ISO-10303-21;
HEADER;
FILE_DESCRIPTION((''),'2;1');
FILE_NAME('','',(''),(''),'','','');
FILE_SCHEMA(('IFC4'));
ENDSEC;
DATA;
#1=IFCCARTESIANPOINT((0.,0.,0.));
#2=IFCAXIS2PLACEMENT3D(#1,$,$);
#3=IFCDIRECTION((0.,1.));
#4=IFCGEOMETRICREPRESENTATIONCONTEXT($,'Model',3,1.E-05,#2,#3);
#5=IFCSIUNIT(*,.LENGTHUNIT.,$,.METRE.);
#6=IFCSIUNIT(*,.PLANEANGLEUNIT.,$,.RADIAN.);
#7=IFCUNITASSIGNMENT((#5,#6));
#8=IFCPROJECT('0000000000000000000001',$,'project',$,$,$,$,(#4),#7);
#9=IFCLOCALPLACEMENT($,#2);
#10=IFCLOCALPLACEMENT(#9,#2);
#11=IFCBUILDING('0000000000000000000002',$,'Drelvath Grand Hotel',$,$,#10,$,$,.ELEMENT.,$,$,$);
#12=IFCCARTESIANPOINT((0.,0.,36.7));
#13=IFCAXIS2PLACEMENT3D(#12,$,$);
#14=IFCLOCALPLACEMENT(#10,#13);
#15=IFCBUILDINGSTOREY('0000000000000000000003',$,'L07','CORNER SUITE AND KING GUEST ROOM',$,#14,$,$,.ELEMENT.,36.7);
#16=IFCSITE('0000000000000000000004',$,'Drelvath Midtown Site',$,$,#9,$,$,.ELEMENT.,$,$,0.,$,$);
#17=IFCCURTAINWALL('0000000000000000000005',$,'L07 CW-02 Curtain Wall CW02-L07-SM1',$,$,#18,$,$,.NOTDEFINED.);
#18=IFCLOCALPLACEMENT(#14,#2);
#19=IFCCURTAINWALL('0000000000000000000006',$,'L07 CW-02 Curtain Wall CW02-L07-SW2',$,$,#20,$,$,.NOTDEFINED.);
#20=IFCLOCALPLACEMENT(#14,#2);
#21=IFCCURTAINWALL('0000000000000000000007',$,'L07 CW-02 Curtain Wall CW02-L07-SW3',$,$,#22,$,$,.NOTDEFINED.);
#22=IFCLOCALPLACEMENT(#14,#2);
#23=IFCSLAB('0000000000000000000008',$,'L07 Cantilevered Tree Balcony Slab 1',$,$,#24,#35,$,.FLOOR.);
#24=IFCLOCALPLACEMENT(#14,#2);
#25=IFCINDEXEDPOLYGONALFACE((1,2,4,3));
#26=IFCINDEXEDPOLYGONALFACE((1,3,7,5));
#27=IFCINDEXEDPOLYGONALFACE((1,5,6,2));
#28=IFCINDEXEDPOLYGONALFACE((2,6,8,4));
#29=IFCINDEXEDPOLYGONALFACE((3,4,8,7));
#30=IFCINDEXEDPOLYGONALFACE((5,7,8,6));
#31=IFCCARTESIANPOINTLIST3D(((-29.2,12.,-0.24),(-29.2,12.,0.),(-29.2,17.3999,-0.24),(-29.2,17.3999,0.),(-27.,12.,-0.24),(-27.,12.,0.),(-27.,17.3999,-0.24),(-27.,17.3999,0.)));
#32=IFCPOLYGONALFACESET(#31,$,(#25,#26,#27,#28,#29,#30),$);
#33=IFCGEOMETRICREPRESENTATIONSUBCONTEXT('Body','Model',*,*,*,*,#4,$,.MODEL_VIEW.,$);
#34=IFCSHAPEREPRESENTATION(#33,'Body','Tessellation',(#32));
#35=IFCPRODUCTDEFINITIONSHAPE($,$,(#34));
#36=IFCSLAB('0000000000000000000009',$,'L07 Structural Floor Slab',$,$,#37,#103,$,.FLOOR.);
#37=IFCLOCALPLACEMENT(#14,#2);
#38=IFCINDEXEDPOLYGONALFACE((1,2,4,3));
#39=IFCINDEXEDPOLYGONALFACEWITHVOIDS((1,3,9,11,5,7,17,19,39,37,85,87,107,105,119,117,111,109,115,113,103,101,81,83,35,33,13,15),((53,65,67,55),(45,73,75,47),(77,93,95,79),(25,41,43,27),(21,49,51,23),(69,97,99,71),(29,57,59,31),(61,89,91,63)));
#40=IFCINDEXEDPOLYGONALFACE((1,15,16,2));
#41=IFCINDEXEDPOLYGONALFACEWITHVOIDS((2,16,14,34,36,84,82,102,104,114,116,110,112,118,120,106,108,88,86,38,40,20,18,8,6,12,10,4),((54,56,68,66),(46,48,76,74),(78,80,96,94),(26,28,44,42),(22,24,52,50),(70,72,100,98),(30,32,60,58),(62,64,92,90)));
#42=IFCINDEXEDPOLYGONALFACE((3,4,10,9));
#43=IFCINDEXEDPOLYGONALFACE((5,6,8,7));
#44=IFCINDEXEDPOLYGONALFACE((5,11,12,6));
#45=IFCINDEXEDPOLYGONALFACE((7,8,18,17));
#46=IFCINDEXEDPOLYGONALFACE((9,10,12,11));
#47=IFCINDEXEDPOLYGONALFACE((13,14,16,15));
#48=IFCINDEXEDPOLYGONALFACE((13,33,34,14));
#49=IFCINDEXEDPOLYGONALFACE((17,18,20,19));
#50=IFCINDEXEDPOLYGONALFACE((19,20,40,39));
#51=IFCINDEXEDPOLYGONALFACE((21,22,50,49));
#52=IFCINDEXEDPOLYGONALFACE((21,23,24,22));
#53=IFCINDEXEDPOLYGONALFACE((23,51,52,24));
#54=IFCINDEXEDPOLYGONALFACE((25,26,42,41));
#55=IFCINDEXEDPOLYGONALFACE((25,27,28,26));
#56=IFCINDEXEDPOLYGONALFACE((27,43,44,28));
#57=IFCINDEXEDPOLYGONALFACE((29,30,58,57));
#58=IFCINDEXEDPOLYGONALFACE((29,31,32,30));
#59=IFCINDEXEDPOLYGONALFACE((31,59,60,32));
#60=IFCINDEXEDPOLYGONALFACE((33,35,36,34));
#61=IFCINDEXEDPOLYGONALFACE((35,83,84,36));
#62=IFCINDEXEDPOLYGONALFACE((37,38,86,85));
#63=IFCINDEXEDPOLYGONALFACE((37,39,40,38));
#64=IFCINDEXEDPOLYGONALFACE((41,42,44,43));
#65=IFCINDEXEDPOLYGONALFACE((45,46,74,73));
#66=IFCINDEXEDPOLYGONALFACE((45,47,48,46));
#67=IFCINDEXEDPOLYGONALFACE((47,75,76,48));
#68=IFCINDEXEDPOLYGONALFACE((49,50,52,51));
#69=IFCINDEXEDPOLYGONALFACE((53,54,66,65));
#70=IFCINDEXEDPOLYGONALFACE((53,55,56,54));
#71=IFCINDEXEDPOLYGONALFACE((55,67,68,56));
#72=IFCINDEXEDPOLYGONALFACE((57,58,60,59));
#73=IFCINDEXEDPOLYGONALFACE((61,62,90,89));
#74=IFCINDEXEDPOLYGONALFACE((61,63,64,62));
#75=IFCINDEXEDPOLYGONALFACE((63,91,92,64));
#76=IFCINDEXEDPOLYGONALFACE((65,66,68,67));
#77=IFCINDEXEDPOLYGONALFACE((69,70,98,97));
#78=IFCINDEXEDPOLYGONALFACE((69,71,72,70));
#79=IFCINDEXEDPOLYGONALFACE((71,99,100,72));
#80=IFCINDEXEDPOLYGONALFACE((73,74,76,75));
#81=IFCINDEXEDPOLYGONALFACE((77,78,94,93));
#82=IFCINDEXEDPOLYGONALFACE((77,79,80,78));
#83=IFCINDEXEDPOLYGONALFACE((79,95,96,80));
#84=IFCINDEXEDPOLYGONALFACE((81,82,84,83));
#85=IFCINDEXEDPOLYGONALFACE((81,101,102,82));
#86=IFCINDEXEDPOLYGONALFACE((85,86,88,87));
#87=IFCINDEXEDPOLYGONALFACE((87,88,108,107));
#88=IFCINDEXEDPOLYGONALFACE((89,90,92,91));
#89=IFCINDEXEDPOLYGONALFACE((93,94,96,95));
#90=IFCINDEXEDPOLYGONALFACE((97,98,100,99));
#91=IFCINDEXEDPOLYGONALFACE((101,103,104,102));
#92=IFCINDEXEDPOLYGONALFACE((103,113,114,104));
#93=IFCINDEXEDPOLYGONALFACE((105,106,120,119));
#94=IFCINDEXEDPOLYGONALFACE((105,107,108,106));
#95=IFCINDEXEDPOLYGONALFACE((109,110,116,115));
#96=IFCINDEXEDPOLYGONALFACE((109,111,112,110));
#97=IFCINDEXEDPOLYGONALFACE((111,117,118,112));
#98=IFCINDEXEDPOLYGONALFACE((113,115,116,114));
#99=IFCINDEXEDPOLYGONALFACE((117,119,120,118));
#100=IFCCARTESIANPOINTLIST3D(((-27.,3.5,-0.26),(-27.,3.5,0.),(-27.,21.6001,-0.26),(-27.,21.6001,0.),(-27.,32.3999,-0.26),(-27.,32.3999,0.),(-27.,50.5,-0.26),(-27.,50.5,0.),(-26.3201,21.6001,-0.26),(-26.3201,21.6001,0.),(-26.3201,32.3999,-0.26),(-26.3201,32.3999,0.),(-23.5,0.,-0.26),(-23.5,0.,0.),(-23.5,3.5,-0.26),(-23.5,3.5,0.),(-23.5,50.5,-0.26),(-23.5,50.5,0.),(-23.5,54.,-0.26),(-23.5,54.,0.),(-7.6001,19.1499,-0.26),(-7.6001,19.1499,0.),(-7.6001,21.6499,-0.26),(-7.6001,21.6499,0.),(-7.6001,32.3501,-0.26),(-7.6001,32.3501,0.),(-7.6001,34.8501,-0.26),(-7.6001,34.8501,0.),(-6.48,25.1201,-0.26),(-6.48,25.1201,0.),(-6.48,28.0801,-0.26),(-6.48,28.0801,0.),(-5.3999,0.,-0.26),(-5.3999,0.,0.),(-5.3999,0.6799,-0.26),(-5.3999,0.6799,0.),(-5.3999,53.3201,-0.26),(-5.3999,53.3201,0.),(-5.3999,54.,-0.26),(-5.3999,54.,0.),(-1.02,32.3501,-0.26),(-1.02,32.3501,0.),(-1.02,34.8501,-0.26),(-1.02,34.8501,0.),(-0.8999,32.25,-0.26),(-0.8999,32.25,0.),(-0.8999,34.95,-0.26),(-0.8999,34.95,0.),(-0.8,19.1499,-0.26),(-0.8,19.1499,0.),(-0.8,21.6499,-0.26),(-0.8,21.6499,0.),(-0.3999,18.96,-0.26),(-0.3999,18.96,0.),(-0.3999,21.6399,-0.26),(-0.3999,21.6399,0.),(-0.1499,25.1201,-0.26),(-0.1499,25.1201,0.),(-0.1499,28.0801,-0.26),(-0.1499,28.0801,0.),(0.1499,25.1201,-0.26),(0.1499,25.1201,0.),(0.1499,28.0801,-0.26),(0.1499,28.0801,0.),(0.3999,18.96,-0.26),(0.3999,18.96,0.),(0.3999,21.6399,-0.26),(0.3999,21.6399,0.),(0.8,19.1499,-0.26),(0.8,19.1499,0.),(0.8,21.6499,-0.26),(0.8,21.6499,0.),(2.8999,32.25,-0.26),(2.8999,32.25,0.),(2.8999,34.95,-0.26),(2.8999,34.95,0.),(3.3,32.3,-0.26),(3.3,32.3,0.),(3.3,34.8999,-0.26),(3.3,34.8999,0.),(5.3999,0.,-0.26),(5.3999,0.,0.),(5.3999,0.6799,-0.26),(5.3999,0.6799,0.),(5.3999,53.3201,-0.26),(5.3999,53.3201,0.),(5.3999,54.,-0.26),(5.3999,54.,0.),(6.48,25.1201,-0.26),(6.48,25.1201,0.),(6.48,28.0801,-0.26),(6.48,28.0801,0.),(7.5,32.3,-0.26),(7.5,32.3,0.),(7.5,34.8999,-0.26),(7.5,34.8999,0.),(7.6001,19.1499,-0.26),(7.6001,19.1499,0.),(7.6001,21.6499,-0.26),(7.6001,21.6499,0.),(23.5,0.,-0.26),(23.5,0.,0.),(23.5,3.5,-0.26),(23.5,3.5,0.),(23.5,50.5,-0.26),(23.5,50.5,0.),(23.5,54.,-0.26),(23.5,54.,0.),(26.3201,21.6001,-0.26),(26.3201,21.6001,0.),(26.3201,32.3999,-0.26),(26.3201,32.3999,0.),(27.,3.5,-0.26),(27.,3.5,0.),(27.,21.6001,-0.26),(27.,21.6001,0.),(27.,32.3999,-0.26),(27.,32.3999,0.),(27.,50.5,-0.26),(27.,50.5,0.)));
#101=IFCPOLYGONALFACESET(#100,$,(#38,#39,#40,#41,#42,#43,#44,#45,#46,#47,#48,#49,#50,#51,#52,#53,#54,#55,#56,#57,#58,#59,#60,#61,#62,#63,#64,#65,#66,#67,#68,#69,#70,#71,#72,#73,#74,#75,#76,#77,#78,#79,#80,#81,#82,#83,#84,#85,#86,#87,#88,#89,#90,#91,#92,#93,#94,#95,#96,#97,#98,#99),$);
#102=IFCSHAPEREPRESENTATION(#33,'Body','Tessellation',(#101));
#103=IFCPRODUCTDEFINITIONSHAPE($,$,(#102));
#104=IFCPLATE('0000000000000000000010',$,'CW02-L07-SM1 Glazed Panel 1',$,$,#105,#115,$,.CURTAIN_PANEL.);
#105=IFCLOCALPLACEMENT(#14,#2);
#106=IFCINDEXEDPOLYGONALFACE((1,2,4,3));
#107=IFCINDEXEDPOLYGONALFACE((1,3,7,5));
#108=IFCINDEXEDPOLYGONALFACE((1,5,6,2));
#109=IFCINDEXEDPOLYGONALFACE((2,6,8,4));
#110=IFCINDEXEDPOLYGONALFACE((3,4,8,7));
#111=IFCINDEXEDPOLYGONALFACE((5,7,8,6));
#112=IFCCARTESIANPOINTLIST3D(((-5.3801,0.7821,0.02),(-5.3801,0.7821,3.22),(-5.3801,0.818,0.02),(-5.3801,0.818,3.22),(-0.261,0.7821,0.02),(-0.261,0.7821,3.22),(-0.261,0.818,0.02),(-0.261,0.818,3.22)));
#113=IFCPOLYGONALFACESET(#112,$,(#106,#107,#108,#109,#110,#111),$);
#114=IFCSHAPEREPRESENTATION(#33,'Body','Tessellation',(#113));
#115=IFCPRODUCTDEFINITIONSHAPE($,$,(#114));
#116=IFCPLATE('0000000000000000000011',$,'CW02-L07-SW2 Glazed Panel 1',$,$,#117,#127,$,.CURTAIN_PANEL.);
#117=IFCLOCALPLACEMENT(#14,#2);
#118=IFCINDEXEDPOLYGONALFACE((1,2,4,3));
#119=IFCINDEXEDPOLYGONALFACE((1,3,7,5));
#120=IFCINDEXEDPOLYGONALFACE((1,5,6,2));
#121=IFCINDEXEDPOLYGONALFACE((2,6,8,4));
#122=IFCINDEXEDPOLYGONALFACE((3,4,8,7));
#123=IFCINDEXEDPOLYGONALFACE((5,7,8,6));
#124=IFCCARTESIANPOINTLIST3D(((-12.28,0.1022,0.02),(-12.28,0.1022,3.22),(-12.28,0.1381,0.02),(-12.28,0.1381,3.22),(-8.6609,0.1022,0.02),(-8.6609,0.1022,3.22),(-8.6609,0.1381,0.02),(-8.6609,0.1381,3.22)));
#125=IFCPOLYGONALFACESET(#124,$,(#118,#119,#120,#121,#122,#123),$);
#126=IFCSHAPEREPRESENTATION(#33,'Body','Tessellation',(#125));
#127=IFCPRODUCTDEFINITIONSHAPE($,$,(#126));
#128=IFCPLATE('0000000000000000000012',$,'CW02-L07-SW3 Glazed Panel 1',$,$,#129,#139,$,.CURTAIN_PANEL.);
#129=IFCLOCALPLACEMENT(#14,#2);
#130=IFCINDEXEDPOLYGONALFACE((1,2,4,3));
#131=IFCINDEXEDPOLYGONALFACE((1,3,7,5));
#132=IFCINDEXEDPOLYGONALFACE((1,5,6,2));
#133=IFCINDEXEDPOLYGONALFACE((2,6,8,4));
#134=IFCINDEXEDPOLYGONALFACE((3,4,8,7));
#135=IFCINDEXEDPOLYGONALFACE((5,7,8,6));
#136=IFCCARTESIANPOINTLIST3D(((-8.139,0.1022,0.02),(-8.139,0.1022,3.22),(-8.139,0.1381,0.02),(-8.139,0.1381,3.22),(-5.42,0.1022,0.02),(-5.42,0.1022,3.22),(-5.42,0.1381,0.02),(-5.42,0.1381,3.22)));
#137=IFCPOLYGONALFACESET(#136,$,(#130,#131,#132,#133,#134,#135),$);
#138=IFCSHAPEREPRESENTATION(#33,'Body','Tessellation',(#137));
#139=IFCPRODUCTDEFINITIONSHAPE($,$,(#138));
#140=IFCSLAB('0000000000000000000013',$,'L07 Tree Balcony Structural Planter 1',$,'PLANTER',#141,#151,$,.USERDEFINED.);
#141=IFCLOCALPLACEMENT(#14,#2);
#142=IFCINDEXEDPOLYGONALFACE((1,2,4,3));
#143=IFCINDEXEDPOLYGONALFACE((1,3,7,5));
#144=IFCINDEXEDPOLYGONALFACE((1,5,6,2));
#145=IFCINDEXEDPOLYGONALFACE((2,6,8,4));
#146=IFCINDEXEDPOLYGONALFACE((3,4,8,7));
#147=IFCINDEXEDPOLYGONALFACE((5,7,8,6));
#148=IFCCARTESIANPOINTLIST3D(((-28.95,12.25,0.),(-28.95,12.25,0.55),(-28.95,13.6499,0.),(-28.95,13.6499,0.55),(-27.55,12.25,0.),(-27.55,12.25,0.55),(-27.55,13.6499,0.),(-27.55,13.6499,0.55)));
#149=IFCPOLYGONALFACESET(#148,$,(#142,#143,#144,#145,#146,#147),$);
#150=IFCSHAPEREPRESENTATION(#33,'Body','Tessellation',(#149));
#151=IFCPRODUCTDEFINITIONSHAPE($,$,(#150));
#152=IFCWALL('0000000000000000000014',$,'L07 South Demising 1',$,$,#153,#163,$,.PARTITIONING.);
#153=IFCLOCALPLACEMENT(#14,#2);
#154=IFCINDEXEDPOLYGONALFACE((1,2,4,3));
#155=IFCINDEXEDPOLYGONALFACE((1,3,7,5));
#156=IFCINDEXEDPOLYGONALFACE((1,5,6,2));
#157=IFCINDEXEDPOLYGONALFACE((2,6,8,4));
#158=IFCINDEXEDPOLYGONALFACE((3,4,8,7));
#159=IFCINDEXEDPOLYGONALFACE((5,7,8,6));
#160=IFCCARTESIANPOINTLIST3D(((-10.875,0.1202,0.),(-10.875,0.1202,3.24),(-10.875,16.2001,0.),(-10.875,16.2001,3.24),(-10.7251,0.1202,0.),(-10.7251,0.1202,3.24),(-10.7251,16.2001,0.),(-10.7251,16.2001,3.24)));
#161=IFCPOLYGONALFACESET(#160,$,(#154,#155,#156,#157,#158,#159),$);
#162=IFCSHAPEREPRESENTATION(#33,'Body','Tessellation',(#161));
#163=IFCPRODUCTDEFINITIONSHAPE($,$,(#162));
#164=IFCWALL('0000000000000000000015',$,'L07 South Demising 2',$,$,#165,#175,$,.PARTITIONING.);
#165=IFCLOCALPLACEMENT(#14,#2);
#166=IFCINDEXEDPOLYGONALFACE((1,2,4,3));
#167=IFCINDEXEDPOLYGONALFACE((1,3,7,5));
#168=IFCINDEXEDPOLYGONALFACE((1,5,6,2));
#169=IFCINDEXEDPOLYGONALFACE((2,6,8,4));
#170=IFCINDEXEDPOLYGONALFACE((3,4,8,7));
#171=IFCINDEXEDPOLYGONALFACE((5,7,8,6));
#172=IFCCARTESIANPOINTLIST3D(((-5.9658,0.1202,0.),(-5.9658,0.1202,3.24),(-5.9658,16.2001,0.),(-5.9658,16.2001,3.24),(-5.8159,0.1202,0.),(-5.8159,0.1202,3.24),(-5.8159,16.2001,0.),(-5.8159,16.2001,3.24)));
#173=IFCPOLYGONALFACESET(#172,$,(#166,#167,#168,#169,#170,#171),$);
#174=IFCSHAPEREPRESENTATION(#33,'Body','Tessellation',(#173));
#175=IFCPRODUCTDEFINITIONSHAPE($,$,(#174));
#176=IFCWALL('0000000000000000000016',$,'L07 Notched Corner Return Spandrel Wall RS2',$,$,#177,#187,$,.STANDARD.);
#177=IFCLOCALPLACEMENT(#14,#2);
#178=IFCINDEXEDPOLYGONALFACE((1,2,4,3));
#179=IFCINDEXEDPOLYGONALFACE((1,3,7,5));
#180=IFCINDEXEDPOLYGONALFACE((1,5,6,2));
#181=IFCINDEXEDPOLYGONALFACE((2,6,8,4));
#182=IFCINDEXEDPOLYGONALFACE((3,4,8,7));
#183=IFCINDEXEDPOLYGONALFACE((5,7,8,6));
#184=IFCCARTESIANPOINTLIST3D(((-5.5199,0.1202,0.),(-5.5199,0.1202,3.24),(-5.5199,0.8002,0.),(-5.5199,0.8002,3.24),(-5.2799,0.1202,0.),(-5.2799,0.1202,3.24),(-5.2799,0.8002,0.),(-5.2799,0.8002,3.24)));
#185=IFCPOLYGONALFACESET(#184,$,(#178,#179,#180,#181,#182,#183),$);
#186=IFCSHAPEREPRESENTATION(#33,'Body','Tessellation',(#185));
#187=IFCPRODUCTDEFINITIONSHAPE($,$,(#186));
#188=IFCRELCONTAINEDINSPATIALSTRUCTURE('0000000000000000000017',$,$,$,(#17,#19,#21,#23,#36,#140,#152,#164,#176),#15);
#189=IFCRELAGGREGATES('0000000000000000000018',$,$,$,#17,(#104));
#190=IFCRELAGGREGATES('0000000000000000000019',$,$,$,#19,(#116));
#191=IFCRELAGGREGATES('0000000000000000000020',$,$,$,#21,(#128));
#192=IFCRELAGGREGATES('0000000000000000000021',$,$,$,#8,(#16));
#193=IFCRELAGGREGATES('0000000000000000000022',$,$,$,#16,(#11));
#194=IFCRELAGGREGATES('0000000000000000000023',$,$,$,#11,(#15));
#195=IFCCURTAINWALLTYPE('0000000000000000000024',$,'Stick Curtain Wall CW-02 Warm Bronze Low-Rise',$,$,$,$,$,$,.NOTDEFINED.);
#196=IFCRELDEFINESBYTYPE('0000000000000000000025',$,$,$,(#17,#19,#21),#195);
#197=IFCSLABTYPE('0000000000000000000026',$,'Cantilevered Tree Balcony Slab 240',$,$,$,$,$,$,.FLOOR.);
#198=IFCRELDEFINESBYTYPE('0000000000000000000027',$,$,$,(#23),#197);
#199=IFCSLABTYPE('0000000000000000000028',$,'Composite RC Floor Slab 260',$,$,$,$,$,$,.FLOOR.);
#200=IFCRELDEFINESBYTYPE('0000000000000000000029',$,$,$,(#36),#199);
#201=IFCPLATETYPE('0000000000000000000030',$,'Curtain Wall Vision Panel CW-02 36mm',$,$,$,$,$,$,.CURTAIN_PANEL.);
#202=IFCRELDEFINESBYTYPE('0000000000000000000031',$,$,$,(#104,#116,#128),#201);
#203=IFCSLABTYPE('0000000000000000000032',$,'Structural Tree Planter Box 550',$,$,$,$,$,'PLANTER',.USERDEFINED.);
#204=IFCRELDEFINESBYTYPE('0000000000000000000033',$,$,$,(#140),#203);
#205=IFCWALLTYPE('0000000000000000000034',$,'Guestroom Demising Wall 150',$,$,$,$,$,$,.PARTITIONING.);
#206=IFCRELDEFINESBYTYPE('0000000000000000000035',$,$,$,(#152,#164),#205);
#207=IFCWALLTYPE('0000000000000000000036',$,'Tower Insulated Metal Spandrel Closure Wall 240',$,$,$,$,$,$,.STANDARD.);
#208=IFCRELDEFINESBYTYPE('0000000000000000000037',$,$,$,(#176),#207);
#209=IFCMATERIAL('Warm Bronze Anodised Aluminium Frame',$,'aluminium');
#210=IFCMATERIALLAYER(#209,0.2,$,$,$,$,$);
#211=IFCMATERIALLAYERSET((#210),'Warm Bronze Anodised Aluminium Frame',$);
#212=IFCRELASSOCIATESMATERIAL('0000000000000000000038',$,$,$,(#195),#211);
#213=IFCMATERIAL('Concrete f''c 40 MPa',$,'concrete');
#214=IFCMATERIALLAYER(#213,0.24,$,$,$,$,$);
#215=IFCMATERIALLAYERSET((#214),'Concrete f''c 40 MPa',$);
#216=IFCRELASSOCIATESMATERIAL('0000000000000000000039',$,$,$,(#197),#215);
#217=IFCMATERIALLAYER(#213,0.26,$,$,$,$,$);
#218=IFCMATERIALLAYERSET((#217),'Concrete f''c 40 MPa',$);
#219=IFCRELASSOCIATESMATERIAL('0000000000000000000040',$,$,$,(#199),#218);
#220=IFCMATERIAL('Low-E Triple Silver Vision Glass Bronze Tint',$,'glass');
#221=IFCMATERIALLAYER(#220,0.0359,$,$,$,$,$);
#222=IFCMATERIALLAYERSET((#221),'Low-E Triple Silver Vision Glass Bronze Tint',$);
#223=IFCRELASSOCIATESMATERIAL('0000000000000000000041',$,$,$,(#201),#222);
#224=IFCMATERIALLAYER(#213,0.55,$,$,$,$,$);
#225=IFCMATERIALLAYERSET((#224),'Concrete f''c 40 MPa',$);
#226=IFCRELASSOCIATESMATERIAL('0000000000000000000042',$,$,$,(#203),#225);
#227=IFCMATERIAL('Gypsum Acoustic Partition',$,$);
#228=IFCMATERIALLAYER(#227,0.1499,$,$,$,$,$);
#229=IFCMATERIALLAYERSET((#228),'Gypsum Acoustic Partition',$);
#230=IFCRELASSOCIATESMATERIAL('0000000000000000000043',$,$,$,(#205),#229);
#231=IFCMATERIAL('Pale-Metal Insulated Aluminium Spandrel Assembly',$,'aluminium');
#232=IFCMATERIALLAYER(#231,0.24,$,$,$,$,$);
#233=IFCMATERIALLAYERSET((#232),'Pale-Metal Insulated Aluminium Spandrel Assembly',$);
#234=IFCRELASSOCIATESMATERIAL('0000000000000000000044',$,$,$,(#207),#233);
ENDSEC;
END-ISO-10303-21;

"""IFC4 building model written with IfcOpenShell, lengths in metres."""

from ifc_helpers import new_model, si_unit, direction, frame, frame_2d, origin, origin_2d, place, context, subcontext, project, spatial, polyline, rectangle, outline, extrude, material, layer, layer_set, type_object, element, aggregate, save


model = new_model("IFC4")

# Units and contexts
model_context = context("Model", 3, precision=1e-05, world=origin(), true_north=direction((0.0, 1.0)))
body_context = subcontext(model_context, "Body", "Model", "MODEL_VIEW")
ifc_project = project(units=[si_unit("LENGTHUNIT", "METRE"), si_unit("PLANEANGLEUNIT", "RADIAN")], contexts=[model_context])

# Site, building, storey
site_placement = place(None, origin())
site = spatial("IfcSite", under=ifc_project, at=site_placement, Name="Drelvath Midtown Site", CompositionType="ELEMENT", RefElevation=0.0)
building_placement = place(site_placement, origin())
building = spatial("IfcBuilding", under=site, at=building_placement, Name="Drelvath Grand Hotel", CompositionType="ELEMENT")
storey_placement = place(building_placement, frame((0.0, 0.0, 36.7)))
storey = spatial("IfcBuildingStorey", under=building, at=storey_placement, Name="L07", Description="CORNER SUITE AND KING GUEST ROOM", CompositionType="ELEMENT", Elevation=36.7)

# Curtain walls
ifc_material_1 = material(Name="Warm Bronze Anodised Aluminium Frame", Category="aluminium")
ifc_layer_1 = layer(ifc_material_1, 0.2)
ifc_layer_set_1 = layer_set([ifc_layer_1], Name="Warm Bronze Anodised Aluminium Frame")
curtain_wall_type = type_object("IfcCurtainWallType", Name="Stick Curtain Wall CW-02 Warm Bronze Low-Rise", PredefinedType="NOTDEFINED", material=ifc_layer_set_1)
curtain_wall_1_placement = place(storey_placement, origin())
curtain_wall_1 = element("IfcCurtainWall", 1, at=curtain_wall_1_placement, inside=storey, type_object=curtain_wall_type, Name="L07 CW-02 Curtain Wall CW02-L07-SM1", PredefinedType="NOTDEFINED")
curtain_wall_2_placement = place(storey_placement, origin())
curtain_wall_2 = element("IfcCurtainWall", 2, at=curtain_wall_2_placement, inside=storey, type_object=curtain_wall_type, Name="L07 CW-02 Curtain Wall CW02-L07-SW2", PredefinedType="NOTDEFINED")
curtain_wall_3_placement = place(storey_placement, origin())
curtain_wall_3 = element("IfcCurtainWall", 3, at=curtain_wall_3_placement, inside=storey, type_object=curtain_wall_type, Name="L07 CW-02 Curtain Wall CW02-L07-SW3", PredefinedType="NOTDEFINED")

# Slabs
ifc_material_2 = material(Name="Concrete f'c 40 MPa", Category="concrete")
ifc_layer_2 = layer(ifc_material_2, 0.24)
ifc_layer_set_2 = layer_set([ifc_layer_2], Name="Concrete f'c 40 MPa")
slab_type_1 = type_object("IfcSlabType", Name="Cantilevered Tree Balcony Slab 240", PredefinedType="FLOOR", material=ifc_layer_set_2)
slab_1_placement = place(storey_placement, frame((0.0, 0.0, -0.24)))
element("IfcSlab", 4, at=slab_1_placement, inside=storey, type_object=slab_type_1, Name="L07 Cantilevered Tree Balcony Slab 1", PredefinedType="FLOOR", context=body_context, shape_type="SweptSolid", body=[
    extrude(outline(polyline([(-29.2, 12.0), (-27.0, 12.0), (-27.0, 17.3999), (-29.2, 17.3999), (-29.2, 12.0)])), origin(), (0.0, 0.0, 1.0), 0.24),
])
ifc_layer_3 = layer(ifc_material_2, 0.26)
ifc_layer_set_3 = layer_set([ifc_layer_3], Name="Concrete f'c 40 MPa")
slab_type_2 = type_object("IfcSlabType", Name="Composite RC Floor Slab 260", PredefinedType="FLOOR", material=ifc_layer_set_3)
slab_2_placement = place(storey_placement, frame((0.0, 0.0, -0.26)))
element("IfcSlab", 5, at=slab_2_placement, inside=storey, type_object=slab_type_2, Name="L07 Structural Floor Slab", PredefinedType="FLOOR", context=body_context, shape_type="SweptSolid", body=[
    extrude(outline(polyline([(-23.5, 0.0), (-5.3999, 0.0), (-5.3999, 0.6799), (5.3999, 0.6799), (5.3999, 0.0), (23.5, 0.0), (23.5, 3.5), (27.0, 3.5), (27.0, 21.6001), (26.3201, 21.6001), (26.3201, 32.3999), (27.0, 32.3999), (27.0, 50.5), (23.5, 50.5), (23.5, 54.0), (5.3999, 54.0), (5.3999, 53.3201), (-5.3999, 53.3201), (-5.3999, 54.0), (-23.5, 54.0), (-23.5, 50.5), (-27.0, 50.5), (-27.0, 32.3999), (-26.3201, 32.3999), (-26.3201, 21.6001), (-27.0, 21.6001), (-27.0, 3.5), (-23.5, 3.5), (-23.5, 0.0)]), holes=[polyline([(-6.48, 25.1201), (-6.48, 28.0801), (-0.1499, 28.0801), (-0.1499, 25.1201), (-6.48, 25.1201)]), polyline([(0.1499, 25.1201), (0.1499, 28.0801), (6.48, 28.0801), (6.48, 25.1201), (0.1499, 25.1201)]), polyline([(-7.6001, 19.1499), (-7.6001, 21.6499), (-0.8, 21.6499), (-0.8, 19.1499), (-7.6001, 19.1499)]), polyline([(-0.3999, 18.96), (-0.3999, 21.6399), (0.3999, 21.6399), (0.3999, 18.96), (-0.3999, 18.96)]), polyline([(0.8, 19.1499), (0.8, 21.6499), (7.6001, 21.6499), (7.6001, 19.1499), (0.8, 19.1499)]), polyline([(-7.6001, 32.3501), (-7.6001, 34.8501), (-1.02, 34.8501), (-1.02, 32.3501), (-7.6001, 32.3501)]), polyline([(-0.8999, 32.25), (-0.8999, 34.95), (2.8999, 34.95), (2.8999, 32.25), (-0.8999, 32.25)]), polyline([(3.3, 32.3), (3.3, 34.8999), (7.5, 34.8999), (7.5, 32.3), (3.3, 32.3)])]), origin(), (0.0, 0.0, 1.0), 0.26),
])

# Plates
ifc_material_3 = material(Name="Low-E Triple Silver Vision Glass Bronze Tint", Category="glass")
ifc_layer_4 = layer(ifc_material_3, 0.0359)
ifc_layer_set_4 = layer_set([ifc_layer_4], Name="Low-E Triple Silver Vision Glass Bronze Tint")
plate_type = type_object("IfcPlateType", Name="Curtain Wall Vision Panel CW-02 36mm", PredefinedType="CURTAIN_PANEL", material=ifc_layer_set_4)
plate_1_placement = place(storey_placement, frame((-2.8206, 0.8, 0.02), z_axis=(0.0, 0.0, 1.0), x_axis=(-1.0, 0.0, 0.0)))
plate_1 = element("IfcPlate", 6, at=plate_1_placement, type_object=plate_type, Name="CW02-L07-SM1 Glazed Panel 1", PredefinedType="CURTAIN_PANEL", context=body_context, shape_type="SweptSolid", body=[
    extrude(rectangle(XDim=5.1191, YDim=0.0359, at=origin_2d()), origin(), (0.0, 0.0, 1.0), 3.2),
])
aggregate(curtain_wall_1, [plate_1])
plate_2_placement = place(storey_placement, frame((-10.4705, 0.1201, 0.02), z_axis=(0.0, 0.0, 1.0), x_axis=(-1.0, 0.0, 0.0)))
plate_2 = element("IfcPlate", 7, at=plate_2_placement, type_object=plate_type, Name="CW02-L07-SW2 Glazed Panel 1", PredefinedType="CURTAIN_PANEL", context=body_context, shape_type="SweptSolid", body=[
    extrude(rectangle(XDim=3.6191, YDim=0.0359, at=origin_2d()), origin(), (0.0, 0.0, 1.0), 3.2),
])
aggregate(curtain_wall_2, [plate_2])
plate_3_placement = place(storey_placement, frame((-6.7795, 0.1201, 0.02), z_axis=(0.0, 0.0, 1.0), x_axis=(-1.0, 0.0, 0.0)))
plate_3 = element("IfcPlate", 8, at=plate_3_placement, type_object=plate_type, Name="CW02-L07-SW3 Glazed Panel 1", PredefinedType="CURTAIN_PANEL", context=body_context, shape_type="SweptSolid", body=[
    extrude(rectangle(XDim=2.719, YDim=0.0359, at=origin_2d()), origin(), (0.0, 0.0, 1.0), 3.2),
])
aggregate(curtain_wall_3, [plate_3])

# Slab
ifc_layer_5 = layer(ifc_material_2, 0.55)
ifc_layer_set_5 = layer_set([ifc_layer_5], Name="Concrete f'c 40 MPa")
slab_type_3 = type_object("IfcSlabType", Name="Structural Tree Planter Box 550", ElementType="PLANTER", PredefinedType="USERDEFINED", material=ifc_layer_set_5)
slab_3_placement = place(storey_placement, origin())
element("IfcSlab", 9, at=slab_3_placement, inside=storey, type_object=slab_type_3, Name="L07 Tree Balcony Structural Planter 1", ObjectType="PLANTER", PredefinedType="USERDEFINED", context=body_context, shape_type="SweptSolid", body=[
    extrude(outline(polyline([(-28.95, 12.25), (-27.55, 12.25), (-27.55, 13.6499), (-28.95, 13.6499), (-28.95, 12.25)])), origin(), (0.0, 0.0, 1.0), 0.55),
])

# Walls
ifc_material_4 = material(Name="Gypsum Acoustic Partition")
ifc_layer_6 = layer(ifc_material_4, 0.1499)
ifc_layer_set_6 = layer_set([ifc_layer_6], Name="Gypsum Acoustic Partition")
wall_type_1 = type_object("IfcWallType", Name="Guestroom Demising Wall 150", PredefinedType="PARTITIONING", material=ifc_layer_set_6)
for number, where, z_axis, x_axis, name in (
    (10, (-10.8, 0.1201, 0.0), (0.0, 0.0, 1.0), (0.0, 1.0, 0.0), "L07 South Demising 1"),
    (11, (-5.8909, 0.1201, 0.0), (0.0, 0.0, 1.0), (0.0, 1.0, 0.0), "L07 South Demising 2"),
):
    element("IfcWall", number, at=place(storey_placement, frame(where, z_axis=z_axis, x_axis=x_axis)), inside=storey, type_object=wall_type_1, Name=name, PredefinedType="PARTITIONING", context=body_context, shape_type="SweptSolid", body=[
        extrude(rectangle(XDim=16.0798, YDim=0.1499, at=frame_2d((8.04, 0.0))), origin(), (0.0, 0.0, 1.0), 3.24),
    ])
ifc_material_5 = material(Name="Pale-Metal Insulated Aluminium Spandrel Assembly", Category="aluminium")
ifc_layer_7 = layer(ifc_material_5, 0.24)
ifc_layer_set_7 = layer_set([ifc_layer_7], Name="Pale-Metal Insulated Aluminium Spandrel Assembly")
wall_type_2 = type_object("IfcWallType", Name="Tower Insulated Metal Spandrel Closure Wall 240", PredefinedType="STANDARD", material=ifc_layer_set_7)
wall_placement = place(storey_placement, frame((-5.3999, 0.8, 0.0), z_axis=(0.0, 0.0, 1.0), x_axis=(0.0, -1.0, 0.0)))
element("IfcWall", 12, at=wall_placement, inside=storey, type_object=wall_type_2, Name="L07 Notched Corner Return Spandrel Wall RS2", PredefinedType="STANDARD", context=body_context, shape_type="SweptSolid", body=[
    extrude(rectangle(XDim=0.6799, YDim=0.24, at=frame_2d((0.3398, 0.0))), origin(), (0.0, 0.0, 1.0), 3.24),
])

save(model, "model.ifc")
